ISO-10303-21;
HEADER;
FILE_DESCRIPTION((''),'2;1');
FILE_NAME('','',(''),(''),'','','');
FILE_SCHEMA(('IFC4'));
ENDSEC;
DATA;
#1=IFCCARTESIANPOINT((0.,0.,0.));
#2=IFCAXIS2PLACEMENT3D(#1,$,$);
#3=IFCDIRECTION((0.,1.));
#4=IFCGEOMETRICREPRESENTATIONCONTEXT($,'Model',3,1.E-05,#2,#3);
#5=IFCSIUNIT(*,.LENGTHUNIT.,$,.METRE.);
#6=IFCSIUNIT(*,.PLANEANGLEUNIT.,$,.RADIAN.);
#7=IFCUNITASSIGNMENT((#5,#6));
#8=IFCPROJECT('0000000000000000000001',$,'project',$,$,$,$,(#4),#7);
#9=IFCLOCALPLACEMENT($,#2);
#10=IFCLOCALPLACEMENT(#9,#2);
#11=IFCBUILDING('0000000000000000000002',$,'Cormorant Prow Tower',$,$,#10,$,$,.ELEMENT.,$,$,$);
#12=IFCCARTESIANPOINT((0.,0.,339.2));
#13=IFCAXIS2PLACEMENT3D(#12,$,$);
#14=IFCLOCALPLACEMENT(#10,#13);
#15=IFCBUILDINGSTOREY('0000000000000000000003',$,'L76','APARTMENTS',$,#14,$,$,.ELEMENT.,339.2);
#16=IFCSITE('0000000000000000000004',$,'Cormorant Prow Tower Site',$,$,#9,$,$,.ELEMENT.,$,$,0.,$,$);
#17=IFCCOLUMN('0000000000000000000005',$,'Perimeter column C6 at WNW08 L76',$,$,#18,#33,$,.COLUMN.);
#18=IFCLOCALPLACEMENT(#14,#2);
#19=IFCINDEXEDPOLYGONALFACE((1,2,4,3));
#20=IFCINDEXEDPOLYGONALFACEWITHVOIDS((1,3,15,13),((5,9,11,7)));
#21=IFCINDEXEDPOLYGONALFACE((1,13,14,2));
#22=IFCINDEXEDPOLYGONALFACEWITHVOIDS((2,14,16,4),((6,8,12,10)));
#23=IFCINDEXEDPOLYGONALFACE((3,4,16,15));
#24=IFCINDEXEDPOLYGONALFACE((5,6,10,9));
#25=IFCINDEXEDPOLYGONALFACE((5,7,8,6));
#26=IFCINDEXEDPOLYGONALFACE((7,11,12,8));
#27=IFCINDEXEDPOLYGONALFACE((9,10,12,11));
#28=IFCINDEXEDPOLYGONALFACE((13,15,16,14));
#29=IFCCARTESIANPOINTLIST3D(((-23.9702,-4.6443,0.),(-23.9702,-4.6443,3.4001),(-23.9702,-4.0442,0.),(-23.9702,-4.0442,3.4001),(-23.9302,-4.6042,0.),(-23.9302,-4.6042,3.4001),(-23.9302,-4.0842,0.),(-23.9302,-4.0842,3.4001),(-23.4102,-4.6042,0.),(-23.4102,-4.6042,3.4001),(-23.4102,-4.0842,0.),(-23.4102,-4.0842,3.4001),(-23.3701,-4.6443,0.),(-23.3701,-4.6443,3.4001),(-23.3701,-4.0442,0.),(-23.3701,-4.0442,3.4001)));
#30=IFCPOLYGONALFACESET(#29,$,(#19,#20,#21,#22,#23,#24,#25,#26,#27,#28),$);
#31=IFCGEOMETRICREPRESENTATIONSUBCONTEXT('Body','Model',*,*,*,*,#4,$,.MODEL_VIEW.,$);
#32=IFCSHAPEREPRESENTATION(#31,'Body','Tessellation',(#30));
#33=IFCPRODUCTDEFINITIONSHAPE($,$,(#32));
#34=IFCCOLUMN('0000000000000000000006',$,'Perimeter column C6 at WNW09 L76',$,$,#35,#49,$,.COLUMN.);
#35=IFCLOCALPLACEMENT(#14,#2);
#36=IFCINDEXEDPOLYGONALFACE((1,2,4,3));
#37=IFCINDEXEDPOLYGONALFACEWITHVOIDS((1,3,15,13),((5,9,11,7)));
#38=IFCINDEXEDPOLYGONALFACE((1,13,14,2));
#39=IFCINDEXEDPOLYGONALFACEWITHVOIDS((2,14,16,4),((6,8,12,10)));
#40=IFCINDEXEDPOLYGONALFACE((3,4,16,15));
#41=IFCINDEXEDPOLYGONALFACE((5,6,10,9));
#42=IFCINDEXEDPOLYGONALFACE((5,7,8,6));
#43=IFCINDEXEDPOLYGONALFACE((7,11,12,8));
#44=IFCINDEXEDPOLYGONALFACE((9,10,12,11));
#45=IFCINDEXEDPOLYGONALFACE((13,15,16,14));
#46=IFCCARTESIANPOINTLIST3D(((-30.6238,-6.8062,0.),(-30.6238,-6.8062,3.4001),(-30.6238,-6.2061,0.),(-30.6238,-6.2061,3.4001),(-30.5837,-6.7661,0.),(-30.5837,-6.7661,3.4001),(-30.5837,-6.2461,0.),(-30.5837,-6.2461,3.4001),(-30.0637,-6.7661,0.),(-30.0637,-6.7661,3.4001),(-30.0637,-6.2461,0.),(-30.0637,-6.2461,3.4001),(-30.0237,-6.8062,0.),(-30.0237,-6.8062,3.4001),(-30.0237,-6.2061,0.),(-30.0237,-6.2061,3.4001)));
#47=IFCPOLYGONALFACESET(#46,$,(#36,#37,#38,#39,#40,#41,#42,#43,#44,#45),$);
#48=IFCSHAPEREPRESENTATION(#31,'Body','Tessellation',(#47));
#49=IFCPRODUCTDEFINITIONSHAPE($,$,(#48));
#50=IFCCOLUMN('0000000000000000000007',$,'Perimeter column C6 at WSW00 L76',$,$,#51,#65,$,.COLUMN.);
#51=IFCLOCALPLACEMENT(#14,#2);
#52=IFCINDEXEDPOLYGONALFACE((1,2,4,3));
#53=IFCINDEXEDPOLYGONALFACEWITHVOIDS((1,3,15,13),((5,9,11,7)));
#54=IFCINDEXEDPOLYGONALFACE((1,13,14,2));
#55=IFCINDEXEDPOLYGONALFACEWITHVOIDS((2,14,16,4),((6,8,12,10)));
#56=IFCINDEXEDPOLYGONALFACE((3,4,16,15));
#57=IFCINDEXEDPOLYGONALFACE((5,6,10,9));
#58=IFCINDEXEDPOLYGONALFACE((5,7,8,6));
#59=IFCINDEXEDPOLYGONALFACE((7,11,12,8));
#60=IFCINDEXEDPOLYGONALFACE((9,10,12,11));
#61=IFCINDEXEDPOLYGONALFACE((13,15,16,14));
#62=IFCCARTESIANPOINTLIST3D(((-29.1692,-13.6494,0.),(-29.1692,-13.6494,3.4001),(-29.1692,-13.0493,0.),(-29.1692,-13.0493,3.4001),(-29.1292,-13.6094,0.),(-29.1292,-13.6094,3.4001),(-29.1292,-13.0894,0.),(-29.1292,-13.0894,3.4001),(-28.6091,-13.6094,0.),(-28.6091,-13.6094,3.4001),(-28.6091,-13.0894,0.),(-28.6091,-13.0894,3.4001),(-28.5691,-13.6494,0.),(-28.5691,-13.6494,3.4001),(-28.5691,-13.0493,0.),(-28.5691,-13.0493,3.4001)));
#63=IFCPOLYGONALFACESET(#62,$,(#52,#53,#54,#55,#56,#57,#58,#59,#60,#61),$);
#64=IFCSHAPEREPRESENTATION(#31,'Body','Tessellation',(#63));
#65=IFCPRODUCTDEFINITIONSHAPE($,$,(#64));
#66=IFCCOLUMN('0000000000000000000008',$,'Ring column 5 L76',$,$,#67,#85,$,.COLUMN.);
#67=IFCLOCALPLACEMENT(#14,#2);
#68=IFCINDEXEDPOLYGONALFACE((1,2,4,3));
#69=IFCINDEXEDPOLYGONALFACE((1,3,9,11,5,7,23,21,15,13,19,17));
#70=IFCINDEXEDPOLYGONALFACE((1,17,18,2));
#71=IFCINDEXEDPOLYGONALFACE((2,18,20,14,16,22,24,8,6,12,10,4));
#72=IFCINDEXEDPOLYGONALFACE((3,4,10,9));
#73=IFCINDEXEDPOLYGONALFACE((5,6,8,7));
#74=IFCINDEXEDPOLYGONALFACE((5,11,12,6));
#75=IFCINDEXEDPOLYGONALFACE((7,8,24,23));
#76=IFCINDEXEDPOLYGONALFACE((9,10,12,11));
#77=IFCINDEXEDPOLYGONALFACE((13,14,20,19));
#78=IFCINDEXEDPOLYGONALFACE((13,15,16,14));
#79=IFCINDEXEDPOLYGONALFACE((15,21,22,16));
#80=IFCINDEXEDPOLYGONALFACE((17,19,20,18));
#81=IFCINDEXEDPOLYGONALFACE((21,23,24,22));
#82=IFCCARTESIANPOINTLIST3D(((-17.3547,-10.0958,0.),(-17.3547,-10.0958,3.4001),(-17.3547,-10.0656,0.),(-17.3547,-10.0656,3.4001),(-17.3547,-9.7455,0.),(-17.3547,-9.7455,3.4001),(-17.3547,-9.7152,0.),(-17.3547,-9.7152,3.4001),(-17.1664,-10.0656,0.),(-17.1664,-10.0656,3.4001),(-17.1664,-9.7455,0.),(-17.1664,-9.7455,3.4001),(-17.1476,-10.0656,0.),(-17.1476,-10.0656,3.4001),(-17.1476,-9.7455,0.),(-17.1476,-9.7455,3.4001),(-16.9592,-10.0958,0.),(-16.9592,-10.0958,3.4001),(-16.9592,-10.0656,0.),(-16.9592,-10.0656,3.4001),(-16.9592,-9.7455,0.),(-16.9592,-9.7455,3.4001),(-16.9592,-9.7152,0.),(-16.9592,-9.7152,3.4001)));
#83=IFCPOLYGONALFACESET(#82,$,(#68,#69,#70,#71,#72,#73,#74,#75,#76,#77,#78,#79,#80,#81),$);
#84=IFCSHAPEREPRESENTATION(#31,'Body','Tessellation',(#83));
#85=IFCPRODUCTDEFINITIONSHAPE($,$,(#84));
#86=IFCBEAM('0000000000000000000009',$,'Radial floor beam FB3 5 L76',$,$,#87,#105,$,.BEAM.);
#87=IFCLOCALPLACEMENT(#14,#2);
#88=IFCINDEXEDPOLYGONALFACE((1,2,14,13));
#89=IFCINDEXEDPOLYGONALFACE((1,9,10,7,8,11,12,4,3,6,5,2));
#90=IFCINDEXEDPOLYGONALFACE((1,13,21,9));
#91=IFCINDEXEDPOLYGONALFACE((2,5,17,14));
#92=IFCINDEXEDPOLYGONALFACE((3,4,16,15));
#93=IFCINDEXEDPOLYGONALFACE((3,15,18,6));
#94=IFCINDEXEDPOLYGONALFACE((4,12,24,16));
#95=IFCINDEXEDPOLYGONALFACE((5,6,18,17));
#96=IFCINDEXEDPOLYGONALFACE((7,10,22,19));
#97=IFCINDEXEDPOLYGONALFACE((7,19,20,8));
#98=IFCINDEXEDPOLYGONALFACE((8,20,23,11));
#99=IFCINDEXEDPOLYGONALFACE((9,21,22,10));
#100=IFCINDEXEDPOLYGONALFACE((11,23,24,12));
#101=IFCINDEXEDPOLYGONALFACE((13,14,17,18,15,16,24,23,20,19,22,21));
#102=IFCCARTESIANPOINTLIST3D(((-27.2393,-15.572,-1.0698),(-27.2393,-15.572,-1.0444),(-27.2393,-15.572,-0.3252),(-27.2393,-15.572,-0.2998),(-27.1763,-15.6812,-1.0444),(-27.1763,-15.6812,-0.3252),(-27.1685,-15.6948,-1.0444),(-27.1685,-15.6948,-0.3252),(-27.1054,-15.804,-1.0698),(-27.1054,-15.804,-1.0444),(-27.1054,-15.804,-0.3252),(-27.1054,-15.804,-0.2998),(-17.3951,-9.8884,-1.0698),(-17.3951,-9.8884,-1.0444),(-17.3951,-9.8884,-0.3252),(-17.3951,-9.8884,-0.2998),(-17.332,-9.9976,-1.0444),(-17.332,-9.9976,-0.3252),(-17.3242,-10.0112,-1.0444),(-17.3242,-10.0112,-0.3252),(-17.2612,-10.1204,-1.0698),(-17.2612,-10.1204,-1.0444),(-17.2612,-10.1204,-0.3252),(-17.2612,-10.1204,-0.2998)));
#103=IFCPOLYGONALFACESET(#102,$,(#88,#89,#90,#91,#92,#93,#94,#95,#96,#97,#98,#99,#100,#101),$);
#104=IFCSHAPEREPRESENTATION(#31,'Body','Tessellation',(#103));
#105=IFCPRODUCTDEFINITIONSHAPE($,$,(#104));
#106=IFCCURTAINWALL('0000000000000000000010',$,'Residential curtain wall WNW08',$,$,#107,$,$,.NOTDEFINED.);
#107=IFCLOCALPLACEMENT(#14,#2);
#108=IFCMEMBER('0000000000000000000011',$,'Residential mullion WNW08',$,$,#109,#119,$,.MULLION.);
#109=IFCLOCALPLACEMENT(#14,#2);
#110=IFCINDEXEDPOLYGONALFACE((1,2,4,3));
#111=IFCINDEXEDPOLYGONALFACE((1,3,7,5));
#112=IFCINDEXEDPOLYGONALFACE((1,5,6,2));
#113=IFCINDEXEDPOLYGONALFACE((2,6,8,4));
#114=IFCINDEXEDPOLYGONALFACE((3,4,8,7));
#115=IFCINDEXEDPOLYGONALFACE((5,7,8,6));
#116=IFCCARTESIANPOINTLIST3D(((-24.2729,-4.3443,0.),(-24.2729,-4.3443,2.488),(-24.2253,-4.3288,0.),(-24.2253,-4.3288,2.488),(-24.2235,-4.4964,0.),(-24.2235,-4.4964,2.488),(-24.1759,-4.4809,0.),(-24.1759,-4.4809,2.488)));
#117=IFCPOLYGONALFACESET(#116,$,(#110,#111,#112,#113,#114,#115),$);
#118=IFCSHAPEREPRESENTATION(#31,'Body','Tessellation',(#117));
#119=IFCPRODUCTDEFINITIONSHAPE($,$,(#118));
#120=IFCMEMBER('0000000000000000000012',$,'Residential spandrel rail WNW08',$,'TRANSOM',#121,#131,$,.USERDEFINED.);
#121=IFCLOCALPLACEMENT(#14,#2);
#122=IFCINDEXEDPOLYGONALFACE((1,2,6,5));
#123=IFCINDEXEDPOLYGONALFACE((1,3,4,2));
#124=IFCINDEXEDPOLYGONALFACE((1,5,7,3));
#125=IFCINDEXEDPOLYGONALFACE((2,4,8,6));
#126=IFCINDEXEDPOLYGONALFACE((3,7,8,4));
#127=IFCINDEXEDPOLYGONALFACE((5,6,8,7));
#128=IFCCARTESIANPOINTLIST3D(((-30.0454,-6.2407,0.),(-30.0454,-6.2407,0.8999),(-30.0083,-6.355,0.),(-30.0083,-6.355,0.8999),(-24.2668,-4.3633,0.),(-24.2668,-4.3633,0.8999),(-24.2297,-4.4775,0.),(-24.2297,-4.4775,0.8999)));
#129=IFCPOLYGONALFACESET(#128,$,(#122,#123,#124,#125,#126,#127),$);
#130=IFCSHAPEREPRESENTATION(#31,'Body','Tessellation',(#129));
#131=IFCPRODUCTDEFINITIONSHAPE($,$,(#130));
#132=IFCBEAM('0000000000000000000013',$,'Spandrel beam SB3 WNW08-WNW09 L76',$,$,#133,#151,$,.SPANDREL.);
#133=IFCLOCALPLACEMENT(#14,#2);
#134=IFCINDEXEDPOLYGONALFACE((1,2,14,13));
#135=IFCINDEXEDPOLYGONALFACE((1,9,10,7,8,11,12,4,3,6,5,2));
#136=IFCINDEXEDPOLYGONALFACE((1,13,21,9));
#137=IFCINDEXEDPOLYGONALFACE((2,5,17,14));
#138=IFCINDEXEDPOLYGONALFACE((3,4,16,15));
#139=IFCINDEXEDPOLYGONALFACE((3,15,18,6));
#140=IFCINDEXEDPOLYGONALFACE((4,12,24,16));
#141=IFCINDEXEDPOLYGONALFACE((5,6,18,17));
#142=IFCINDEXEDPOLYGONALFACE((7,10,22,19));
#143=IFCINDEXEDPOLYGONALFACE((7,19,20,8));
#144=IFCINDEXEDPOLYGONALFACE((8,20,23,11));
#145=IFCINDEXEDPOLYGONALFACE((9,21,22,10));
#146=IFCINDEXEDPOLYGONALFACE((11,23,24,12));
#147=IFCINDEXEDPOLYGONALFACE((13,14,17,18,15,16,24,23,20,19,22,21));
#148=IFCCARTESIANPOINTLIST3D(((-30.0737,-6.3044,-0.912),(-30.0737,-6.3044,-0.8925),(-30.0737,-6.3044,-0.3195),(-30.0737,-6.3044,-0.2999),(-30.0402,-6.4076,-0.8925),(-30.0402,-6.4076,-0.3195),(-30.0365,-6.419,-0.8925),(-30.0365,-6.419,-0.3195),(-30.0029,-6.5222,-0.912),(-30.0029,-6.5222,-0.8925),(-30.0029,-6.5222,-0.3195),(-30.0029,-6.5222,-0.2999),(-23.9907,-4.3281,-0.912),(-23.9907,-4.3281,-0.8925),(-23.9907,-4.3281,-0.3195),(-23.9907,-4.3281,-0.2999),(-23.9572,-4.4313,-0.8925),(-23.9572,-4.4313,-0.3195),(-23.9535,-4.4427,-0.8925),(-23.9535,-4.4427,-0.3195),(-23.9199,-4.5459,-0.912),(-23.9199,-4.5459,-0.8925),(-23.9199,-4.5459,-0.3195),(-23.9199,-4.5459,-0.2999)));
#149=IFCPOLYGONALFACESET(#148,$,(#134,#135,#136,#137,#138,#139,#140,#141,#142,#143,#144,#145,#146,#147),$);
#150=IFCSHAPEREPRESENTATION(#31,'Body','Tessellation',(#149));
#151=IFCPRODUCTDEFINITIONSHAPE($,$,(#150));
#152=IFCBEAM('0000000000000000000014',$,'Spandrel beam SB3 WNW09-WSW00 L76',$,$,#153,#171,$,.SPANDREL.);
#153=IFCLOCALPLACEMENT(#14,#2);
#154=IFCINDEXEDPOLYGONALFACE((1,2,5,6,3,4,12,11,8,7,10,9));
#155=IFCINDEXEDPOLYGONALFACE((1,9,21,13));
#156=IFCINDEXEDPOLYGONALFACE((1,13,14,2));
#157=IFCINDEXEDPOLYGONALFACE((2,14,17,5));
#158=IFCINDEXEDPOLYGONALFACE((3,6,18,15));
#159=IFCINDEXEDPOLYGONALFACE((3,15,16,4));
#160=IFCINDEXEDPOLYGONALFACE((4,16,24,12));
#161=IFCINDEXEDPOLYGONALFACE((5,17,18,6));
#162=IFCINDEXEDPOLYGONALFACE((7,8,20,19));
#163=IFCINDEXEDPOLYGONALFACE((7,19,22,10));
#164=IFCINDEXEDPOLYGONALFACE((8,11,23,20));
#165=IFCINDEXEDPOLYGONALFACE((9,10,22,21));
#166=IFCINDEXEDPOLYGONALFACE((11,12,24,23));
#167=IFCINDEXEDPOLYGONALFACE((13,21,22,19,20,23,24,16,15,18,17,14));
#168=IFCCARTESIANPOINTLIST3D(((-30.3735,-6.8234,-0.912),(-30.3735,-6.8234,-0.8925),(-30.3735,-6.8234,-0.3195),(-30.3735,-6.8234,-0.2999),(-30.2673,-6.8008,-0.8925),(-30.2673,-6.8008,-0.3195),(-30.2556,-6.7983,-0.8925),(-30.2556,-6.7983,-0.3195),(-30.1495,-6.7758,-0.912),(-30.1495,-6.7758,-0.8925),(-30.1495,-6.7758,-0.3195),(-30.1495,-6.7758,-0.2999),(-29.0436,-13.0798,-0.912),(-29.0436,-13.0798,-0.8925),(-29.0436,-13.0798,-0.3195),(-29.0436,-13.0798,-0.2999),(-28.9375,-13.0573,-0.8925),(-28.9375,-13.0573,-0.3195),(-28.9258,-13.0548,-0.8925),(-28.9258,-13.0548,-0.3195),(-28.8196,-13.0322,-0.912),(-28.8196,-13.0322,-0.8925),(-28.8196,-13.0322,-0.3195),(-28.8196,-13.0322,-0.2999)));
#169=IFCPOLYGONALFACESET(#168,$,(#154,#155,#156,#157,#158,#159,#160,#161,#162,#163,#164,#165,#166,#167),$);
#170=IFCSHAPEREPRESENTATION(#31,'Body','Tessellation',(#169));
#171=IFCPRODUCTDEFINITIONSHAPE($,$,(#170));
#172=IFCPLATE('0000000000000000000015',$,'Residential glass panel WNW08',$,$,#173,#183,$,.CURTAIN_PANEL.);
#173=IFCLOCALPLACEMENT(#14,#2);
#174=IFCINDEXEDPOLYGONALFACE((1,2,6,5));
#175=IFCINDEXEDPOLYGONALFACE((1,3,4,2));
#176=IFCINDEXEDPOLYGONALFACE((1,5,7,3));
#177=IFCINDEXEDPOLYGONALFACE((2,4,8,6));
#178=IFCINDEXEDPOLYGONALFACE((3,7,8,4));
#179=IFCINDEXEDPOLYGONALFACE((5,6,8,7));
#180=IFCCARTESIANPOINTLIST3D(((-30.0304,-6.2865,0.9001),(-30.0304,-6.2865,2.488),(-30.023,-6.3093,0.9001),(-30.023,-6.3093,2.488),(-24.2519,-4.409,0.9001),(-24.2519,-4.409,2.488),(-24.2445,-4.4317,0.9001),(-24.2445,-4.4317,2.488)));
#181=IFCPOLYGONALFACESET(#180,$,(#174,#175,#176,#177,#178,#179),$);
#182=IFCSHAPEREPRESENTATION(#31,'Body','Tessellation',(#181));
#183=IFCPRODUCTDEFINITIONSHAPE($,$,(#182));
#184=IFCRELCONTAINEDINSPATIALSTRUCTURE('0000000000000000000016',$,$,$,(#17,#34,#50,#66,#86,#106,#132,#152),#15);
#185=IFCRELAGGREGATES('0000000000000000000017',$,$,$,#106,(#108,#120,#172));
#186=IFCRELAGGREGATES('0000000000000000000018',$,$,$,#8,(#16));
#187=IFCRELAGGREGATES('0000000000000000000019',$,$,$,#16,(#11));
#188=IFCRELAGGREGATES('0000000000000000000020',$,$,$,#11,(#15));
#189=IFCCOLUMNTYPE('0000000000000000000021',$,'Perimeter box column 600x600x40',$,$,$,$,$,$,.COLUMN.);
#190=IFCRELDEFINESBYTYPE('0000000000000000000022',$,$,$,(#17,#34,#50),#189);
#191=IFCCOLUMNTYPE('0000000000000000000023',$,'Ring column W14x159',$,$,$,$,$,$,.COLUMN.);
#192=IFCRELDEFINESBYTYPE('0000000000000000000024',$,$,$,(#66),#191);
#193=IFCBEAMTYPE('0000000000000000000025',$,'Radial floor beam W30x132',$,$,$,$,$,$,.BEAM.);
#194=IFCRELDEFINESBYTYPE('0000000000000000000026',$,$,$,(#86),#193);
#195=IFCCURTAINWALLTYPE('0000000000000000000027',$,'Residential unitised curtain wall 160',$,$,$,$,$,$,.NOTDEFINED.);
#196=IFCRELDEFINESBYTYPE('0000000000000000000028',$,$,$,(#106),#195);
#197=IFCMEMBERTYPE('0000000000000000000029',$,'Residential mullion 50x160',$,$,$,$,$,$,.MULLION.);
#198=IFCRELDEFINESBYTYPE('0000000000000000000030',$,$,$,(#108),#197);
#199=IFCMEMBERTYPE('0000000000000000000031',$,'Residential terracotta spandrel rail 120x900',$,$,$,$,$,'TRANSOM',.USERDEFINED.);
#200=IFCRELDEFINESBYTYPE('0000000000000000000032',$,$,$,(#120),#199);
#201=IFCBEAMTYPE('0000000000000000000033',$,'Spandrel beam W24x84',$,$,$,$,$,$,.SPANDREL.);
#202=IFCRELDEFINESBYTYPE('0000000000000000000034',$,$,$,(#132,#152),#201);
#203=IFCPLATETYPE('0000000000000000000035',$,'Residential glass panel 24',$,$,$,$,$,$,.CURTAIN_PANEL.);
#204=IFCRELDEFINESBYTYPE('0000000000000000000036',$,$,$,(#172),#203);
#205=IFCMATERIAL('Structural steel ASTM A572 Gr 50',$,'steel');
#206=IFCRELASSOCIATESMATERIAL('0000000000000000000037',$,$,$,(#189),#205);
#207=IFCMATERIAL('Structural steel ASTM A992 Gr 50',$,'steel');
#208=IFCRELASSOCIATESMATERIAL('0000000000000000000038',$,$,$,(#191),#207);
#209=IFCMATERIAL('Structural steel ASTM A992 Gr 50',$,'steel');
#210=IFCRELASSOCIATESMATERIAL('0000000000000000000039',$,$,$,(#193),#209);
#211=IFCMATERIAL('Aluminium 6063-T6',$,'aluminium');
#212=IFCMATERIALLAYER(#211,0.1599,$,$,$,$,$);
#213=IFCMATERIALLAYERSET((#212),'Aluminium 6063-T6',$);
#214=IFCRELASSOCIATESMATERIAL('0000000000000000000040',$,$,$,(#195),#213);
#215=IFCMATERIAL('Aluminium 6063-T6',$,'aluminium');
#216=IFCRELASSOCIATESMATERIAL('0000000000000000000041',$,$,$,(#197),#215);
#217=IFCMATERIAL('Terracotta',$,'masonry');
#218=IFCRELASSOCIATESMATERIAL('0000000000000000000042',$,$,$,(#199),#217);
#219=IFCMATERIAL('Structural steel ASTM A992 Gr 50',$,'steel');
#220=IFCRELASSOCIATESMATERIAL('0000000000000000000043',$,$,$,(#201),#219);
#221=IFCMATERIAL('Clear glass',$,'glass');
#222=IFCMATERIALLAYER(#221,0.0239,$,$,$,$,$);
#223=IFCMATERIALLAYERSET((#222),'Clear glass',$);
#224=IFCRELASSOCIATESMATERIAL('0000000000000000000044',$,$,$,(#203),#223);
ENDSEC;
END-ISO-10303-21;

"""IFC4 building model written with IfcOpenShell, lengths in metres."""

from ifc_helpers import new_model, si_unit, direction, frame, origin, origin_2d, place, context, subcontext, project, spatial, rectangle, hollow_rectangle, i_section, extrude, material, layer, layer_set, material_profile, profile_set, type_object, element, aggregate, save


model = new_model("IFC4")

# Units and contexts
model_context = context("Model", 3, precision=1e-05, world=origin(), true_north=direction((0.0, 1.0)))
body_context = subcontext(model_context, "Body", "Model", "MODEL_VIEW")
ifc_project = project(units=[si_unit("LENGTHUNIT", "METRE"), si_unit("PLANEANGLEUNIT", "RADIAN")], contexts=[model_context])

# Site, building, storey
site_placement = place(None, origin())
site = spatial("IfcSite", under=ifc_project, at=site_placement, Name="Cormorant Prow Tower Site", CompositionType="ELEMENT", RefElevation=0.0)
building_placement = place(site_placement, origin())
building = spatial("IfcBuilding", under=site, at=building_placement, Name="Cormorant Prow Tower", CompositionType="ELEMENT")
storey_placement = place(building_placement, frame((0.0, 0.0, 339.2)))
storey = spatial("IfcBuildingStorey", under=building, at=storey_placement, Name="L76", Description="APARTMENTS", CompositionType="ELEMENT", Elevation=339.2)

# Columns
ifc_material_1 = material(Name="Structural steel ASTM A572 Gr 50", Category="steel")
ifc_material_profile_1 = material_profile(ifc_material_1, hollow_rectangle(XDim=0.6001, YDim=0.6001, WallThickness=0.04, at=origin_2d()), Name="Box 600x600x40")
ifc_profile_set_1 = profile_set([ifc_material_profile_1], Name="Structural steel ASTM A572 Gr 50")
column_type_1 = type_object("IfcColumnType", Name="Perimeter box column 600x600x40", PredefinedType="COLUMN", material=ifc_profile_set_1)
for number, where, z_axis, x_axis, name in (
    (1, (-23.6702, -4.3442, 0.0), (0.0, 0.0, 1.0), (1.0, 0.0, 0.0), "Perimeter column C6 at WNW08 L76"),
    (2, (-30.3237, -6.5061, 0.0), (0.0, 0.0, 1.0), (1.0, 0.0, 0.0), "Perimeter column C6 at WNW09 L76"),
    (3, (-28.8691, -13.3494, 0.0), (0.0, 0.0, 1.0), (1.0, 0.0, 0.0), "Perimeter column C6 at WSW00 L76"),
):
    element("IfcColumn", number, at=place(storey_placement, frame(where, z_axis=z_axis, x_axis=x_axis)), inside=storey, type_object=column_type_1, Name=name, PredefinedType="COLUMN", context=body_context, shape_type="SweptSolid", body=[
        extrude(hollow_rectangle(XDim=0.6001, YDim=0.6001, WallThickness=0.04, at=origin_2d()), origin(), (0.0, 0.0, 1.0), 3.4001),
    ])
ifc_material_2 = material(Name="Structural steel ASTM A992 Gr 50", Category="steel")
ifc_material_profile_2 = material_profile(ifc_material_2, i_section(OverallWidth=0.3955, OverallDepth=0.3806, WebThickness=0.0188, FlangeThickness=0.0303, at=origin_2d()), Name="W14x159")
ifc_profile_set_2 = profile_set([ifc_material_profile_2], Name="Structural steel ASTM A992 Gr 50")
column_type_2 = type_object("IfcColumnType", Name="Ring column W14x159", PredefinedType="COLUMN", material=ifc_profile_set_2)
column_placement = place(storey_placement, frame((-17.157, -9.9055, 0.0), z_axis=(0.0, 0.0, 1.0), x_axis=(1.0, 0.0, 0.0)))
element("IfcColumn", 4, at=column_placement, inside=storey, type_object=column_type_2, Name="Ring column 5 L76", PredefinedType="COLUMN", context=body_context, shape_type="SweptSolid", body=[
    extrude(i_section(OverallWidth=0.3955, OverallDepth=0.3806, WebThickness=0.0188, FlangeThickness=0.0303, at=origin_2d()), origin(), (0.0, 0.0, 1.0), 3.4001),
])

# Beam
ifc_material_3 = material(Name="Structural steel ASTM A992 Gr 50", Category="steel")
ifc_material_profile_3 = material_profile(ifc_material_3, i_section(OverallWidth=0.2678, OverallDepth=0.77, WebThickness=0.0156, FlangeThickness=0.0254, at=origin_2d()), Name="W30x132")
ifc_profile_set_3 = profile_set([ifc_material_profile_3], Name="Structural steel ASTM A992 Gr 50")
beam_type_1 = type_object("IfcBeamType", Name="Radial floor beam W30x132", PredefinedType="BEAM", material=ifc_profile_set_3)
beam_1_placement = place(storey_placement, frame((-17.3281, -10.0044, -0.6848), z_axis=(-0.866025, -0.500001, 0.0), x_axis=(0.500001, -0.866025, 0.0)))
element("IfcBeam", 5, at=beam_1_placement, inside=storey, type_object=beam_type_1, Name="Radial floor beam FB3 5 L76", PredefinedType="BEAM", context=body_context, shape_type="SweptSolid", body=[
    extrude(i_section(OverallWidth=0.2678, OverallDepth=0.77, WebThickness=0.0156, FlangeThickness=0.0254, at=origin_2d()), origin(), (0.0, 0.0, 1.0), 11.3672),
])

# Curtain wall, members
ifc_material_4 = material(Name="Aluminium 6063-T6", Category="aluminium")
ifc_layer_1 = layer(ifc_material_4, 0.1599)
ifc_layer_set_1 = layer_set([ifc_layer_1], Name="Aluminium 6063-T6")
curtain_wall_type = type_object("IfcCurtainWallType", Name="Residential unitised curtain wall 160", PredefinedType="NOTDEFINED", material=ifc_layer_set_1)
curtain_wall_placement = place(storey_placement, origin())
curtain_wall = element("IfcCurtainWall", 6, at=curtain_wall_placement, inside=storey, type_object=curtain_wall_type, Name="Residential curtain wall WNW08", PredefinedType="NOTDEFINED")
ifc_material_5 = material(Name="Aluminium 6063-T6", Category="aluminium")
ifc_material_profile_4 = material_profile(ifc_material_5, rectangle(XDim=0.1599, YDim=0.05, at=origin_2d()), Name="Residential mullion 50x160")
ifc_profile_set_4 = profile_set([ifc_material_profile_4], Name="Aluminium 6063-T6")
member_type_1 = type_object("IfcMemberType", Name="Residential mullion 50x160", PredefinedType="MULLION", material=ifc_profile_set_4)
member_1_placement = place(storey_placement, frame((-24.2244, -4.4126, 0.0), z_axis=(0.0, 0.0, 1.0), x_axis=(0.309017, -0.951056, 0.0)))
member_1 = element("IfcMember", 7, at=member_1_placement, type_object=member_type_1, Name="Residential mullion WNW08", PredefinedType="MULLION", context=body_context, shape_type="SweptSolid", body=[
    extrude(rectangle(XDim=0.1599, YDim=0.05, at=origin_2d()), origin(), (0.0, 0.0, 1.0), 2.488),
])
ifc_material_6 = material(Name="Terracotta", Category="masonry")
ifc_material_profile_5 = material_profile(ifc_material_6, rectangle(XDim=0.1201, YDim=0.8999, at=origin_2d()), Name="Residential terracotta spandrel rail 120x900")
ifc_profile_set_5 = profile_set([ifc_material_profile_5], Name="Terracotta")
member_type_2 = type_object("IfcMemberType", Name="Residential terracotta spandrel rail 120x900", ElementType="TRANSOM", PredefinedType="USERDEFINED", material=ifc_profile_set_5)
member_2_placement = place(storey_placement, frame((-24.2483, -4.4204, 0.45), z_axis=(-0.951063, -0.308998, 0.0), x_axis=(0.308998, -0.951063, 0.0)))
member_2 = element("IfcMember", 8, at=member_2_placement, type_object=member_type_2, Name="Residential spandrel rail WNW08", ObjectType="TRANSOM", PredefinedType="USERDEFINED", context=body_context, shape_type="SweptSolid", body=[
    extrude(rectangle(XDim=0.1201, YDim=0.8999, at=origin_2d()), origin(), (0.0, 0.0, 1.0), 6.0759),
])

# Beams
ifc_material_7 = material(Name="Structural steel ASTM A992 Gr 50", Category="steel")
ifc_material_profile_6 = material_profile(ifc_material_7, i_section(OverallWidth=0.229, OverallDepth=0.6121, WebThickness=0.012, FlangeThickness=0.0195, at=origin_2d()), Name="W24x84")
ifc_profile_set_6 = profile_set([ifc_material_profile_6], Name="Structural steel ASTM A992 Gr 50")
beam_type_2 = type_object("IfcBeamType", Name="Spandrel beam W24x84", PredefinedType="SPANDREL", material=ifc_profile_set_6)
beam_2_placement = place(storey_placement, frame((-23.9553, -4.437, -0.606), z_axis=(-0.951064, -0.308993, 0.0), x_axis=(0.308993, -0.951064, 0.0)))
element("IfcBeam", 9, at=beam_2_placement, inside=storey, type_object=beam_type_2, Name="Spandrel beam SB3 WNW08-WNW09 L76", PredefinedType="SPANDREL", context=body_context, shape_type="SweptSolid", body=[
    extrude(i_section(OverallWidth=0.229, OverallDepth=0.6121, WebThickness=0.012, FlangeThickness=0.0195, at=origin_2d()), origin(), (0.0, 0.0, 1.0), 6.396),
])
beam_3_placement = place(storey_placement, frame((-30.2615, -6.7996, -0.606), z_axis=(0.207913, -0.978147, 0.0), x_axis=(0.978147, 0.207913, 0.0)))
element("IfcBeam", 10, at=beam_3_placement, inside=storey, type_object=beam_type_2, Name="Spandrel beam SB3 WNW09-WSW00 L76", PredefinedType="SPANDREL", context=body_context, shape_type="SweptSolid", body=[
    extrude(i_section(OverallWidth=0.229, OverallDepth=0.6121, WebThickness=0.012, FlangeThickness=0.0195, at=origin_2d()), origin(), (0.0, 0.0, 1.0), 6.3962),
])

# Plate
ifc_material_8 = material(Name="Clear glass", Category="glass")
ifc_layer_2 = layer(ifc_material_8, 0.0239)
ifc_layer_set_2 = layer_set([ifc_layer_2], Name="Clear glass")
plate_type = type_object("IfcPlateType", Name="Residential glass panel 24", PredefinedType="CURTAIN_PANEL", material=ifc_layer_set_2)
plate_placement = place(storey_placement, frame((-27.1375, -5.3591, 0.9001), z_axis=(0.0, 0.0, 1.0), x_axis=(-0.951056, -0.309017, 0.0)))
plate = element("IfcPlate", 11, at=plate_placement, type_object=plate_type, Name="Residential glass panel WNW08", PredefinedType="CURTAIN_PANEL", context=body_context, shape_type="SweptSolid", body=[
    extrude(rectangle(XDim=6.0759, YDim=0.0239, at=origin_2d()), origin(), (0.0, 0.0, 1.0), 1.5879),
])
aggregate(curtain_wall, [member_1, member_2, plate])

save(model, "model.ifc")
